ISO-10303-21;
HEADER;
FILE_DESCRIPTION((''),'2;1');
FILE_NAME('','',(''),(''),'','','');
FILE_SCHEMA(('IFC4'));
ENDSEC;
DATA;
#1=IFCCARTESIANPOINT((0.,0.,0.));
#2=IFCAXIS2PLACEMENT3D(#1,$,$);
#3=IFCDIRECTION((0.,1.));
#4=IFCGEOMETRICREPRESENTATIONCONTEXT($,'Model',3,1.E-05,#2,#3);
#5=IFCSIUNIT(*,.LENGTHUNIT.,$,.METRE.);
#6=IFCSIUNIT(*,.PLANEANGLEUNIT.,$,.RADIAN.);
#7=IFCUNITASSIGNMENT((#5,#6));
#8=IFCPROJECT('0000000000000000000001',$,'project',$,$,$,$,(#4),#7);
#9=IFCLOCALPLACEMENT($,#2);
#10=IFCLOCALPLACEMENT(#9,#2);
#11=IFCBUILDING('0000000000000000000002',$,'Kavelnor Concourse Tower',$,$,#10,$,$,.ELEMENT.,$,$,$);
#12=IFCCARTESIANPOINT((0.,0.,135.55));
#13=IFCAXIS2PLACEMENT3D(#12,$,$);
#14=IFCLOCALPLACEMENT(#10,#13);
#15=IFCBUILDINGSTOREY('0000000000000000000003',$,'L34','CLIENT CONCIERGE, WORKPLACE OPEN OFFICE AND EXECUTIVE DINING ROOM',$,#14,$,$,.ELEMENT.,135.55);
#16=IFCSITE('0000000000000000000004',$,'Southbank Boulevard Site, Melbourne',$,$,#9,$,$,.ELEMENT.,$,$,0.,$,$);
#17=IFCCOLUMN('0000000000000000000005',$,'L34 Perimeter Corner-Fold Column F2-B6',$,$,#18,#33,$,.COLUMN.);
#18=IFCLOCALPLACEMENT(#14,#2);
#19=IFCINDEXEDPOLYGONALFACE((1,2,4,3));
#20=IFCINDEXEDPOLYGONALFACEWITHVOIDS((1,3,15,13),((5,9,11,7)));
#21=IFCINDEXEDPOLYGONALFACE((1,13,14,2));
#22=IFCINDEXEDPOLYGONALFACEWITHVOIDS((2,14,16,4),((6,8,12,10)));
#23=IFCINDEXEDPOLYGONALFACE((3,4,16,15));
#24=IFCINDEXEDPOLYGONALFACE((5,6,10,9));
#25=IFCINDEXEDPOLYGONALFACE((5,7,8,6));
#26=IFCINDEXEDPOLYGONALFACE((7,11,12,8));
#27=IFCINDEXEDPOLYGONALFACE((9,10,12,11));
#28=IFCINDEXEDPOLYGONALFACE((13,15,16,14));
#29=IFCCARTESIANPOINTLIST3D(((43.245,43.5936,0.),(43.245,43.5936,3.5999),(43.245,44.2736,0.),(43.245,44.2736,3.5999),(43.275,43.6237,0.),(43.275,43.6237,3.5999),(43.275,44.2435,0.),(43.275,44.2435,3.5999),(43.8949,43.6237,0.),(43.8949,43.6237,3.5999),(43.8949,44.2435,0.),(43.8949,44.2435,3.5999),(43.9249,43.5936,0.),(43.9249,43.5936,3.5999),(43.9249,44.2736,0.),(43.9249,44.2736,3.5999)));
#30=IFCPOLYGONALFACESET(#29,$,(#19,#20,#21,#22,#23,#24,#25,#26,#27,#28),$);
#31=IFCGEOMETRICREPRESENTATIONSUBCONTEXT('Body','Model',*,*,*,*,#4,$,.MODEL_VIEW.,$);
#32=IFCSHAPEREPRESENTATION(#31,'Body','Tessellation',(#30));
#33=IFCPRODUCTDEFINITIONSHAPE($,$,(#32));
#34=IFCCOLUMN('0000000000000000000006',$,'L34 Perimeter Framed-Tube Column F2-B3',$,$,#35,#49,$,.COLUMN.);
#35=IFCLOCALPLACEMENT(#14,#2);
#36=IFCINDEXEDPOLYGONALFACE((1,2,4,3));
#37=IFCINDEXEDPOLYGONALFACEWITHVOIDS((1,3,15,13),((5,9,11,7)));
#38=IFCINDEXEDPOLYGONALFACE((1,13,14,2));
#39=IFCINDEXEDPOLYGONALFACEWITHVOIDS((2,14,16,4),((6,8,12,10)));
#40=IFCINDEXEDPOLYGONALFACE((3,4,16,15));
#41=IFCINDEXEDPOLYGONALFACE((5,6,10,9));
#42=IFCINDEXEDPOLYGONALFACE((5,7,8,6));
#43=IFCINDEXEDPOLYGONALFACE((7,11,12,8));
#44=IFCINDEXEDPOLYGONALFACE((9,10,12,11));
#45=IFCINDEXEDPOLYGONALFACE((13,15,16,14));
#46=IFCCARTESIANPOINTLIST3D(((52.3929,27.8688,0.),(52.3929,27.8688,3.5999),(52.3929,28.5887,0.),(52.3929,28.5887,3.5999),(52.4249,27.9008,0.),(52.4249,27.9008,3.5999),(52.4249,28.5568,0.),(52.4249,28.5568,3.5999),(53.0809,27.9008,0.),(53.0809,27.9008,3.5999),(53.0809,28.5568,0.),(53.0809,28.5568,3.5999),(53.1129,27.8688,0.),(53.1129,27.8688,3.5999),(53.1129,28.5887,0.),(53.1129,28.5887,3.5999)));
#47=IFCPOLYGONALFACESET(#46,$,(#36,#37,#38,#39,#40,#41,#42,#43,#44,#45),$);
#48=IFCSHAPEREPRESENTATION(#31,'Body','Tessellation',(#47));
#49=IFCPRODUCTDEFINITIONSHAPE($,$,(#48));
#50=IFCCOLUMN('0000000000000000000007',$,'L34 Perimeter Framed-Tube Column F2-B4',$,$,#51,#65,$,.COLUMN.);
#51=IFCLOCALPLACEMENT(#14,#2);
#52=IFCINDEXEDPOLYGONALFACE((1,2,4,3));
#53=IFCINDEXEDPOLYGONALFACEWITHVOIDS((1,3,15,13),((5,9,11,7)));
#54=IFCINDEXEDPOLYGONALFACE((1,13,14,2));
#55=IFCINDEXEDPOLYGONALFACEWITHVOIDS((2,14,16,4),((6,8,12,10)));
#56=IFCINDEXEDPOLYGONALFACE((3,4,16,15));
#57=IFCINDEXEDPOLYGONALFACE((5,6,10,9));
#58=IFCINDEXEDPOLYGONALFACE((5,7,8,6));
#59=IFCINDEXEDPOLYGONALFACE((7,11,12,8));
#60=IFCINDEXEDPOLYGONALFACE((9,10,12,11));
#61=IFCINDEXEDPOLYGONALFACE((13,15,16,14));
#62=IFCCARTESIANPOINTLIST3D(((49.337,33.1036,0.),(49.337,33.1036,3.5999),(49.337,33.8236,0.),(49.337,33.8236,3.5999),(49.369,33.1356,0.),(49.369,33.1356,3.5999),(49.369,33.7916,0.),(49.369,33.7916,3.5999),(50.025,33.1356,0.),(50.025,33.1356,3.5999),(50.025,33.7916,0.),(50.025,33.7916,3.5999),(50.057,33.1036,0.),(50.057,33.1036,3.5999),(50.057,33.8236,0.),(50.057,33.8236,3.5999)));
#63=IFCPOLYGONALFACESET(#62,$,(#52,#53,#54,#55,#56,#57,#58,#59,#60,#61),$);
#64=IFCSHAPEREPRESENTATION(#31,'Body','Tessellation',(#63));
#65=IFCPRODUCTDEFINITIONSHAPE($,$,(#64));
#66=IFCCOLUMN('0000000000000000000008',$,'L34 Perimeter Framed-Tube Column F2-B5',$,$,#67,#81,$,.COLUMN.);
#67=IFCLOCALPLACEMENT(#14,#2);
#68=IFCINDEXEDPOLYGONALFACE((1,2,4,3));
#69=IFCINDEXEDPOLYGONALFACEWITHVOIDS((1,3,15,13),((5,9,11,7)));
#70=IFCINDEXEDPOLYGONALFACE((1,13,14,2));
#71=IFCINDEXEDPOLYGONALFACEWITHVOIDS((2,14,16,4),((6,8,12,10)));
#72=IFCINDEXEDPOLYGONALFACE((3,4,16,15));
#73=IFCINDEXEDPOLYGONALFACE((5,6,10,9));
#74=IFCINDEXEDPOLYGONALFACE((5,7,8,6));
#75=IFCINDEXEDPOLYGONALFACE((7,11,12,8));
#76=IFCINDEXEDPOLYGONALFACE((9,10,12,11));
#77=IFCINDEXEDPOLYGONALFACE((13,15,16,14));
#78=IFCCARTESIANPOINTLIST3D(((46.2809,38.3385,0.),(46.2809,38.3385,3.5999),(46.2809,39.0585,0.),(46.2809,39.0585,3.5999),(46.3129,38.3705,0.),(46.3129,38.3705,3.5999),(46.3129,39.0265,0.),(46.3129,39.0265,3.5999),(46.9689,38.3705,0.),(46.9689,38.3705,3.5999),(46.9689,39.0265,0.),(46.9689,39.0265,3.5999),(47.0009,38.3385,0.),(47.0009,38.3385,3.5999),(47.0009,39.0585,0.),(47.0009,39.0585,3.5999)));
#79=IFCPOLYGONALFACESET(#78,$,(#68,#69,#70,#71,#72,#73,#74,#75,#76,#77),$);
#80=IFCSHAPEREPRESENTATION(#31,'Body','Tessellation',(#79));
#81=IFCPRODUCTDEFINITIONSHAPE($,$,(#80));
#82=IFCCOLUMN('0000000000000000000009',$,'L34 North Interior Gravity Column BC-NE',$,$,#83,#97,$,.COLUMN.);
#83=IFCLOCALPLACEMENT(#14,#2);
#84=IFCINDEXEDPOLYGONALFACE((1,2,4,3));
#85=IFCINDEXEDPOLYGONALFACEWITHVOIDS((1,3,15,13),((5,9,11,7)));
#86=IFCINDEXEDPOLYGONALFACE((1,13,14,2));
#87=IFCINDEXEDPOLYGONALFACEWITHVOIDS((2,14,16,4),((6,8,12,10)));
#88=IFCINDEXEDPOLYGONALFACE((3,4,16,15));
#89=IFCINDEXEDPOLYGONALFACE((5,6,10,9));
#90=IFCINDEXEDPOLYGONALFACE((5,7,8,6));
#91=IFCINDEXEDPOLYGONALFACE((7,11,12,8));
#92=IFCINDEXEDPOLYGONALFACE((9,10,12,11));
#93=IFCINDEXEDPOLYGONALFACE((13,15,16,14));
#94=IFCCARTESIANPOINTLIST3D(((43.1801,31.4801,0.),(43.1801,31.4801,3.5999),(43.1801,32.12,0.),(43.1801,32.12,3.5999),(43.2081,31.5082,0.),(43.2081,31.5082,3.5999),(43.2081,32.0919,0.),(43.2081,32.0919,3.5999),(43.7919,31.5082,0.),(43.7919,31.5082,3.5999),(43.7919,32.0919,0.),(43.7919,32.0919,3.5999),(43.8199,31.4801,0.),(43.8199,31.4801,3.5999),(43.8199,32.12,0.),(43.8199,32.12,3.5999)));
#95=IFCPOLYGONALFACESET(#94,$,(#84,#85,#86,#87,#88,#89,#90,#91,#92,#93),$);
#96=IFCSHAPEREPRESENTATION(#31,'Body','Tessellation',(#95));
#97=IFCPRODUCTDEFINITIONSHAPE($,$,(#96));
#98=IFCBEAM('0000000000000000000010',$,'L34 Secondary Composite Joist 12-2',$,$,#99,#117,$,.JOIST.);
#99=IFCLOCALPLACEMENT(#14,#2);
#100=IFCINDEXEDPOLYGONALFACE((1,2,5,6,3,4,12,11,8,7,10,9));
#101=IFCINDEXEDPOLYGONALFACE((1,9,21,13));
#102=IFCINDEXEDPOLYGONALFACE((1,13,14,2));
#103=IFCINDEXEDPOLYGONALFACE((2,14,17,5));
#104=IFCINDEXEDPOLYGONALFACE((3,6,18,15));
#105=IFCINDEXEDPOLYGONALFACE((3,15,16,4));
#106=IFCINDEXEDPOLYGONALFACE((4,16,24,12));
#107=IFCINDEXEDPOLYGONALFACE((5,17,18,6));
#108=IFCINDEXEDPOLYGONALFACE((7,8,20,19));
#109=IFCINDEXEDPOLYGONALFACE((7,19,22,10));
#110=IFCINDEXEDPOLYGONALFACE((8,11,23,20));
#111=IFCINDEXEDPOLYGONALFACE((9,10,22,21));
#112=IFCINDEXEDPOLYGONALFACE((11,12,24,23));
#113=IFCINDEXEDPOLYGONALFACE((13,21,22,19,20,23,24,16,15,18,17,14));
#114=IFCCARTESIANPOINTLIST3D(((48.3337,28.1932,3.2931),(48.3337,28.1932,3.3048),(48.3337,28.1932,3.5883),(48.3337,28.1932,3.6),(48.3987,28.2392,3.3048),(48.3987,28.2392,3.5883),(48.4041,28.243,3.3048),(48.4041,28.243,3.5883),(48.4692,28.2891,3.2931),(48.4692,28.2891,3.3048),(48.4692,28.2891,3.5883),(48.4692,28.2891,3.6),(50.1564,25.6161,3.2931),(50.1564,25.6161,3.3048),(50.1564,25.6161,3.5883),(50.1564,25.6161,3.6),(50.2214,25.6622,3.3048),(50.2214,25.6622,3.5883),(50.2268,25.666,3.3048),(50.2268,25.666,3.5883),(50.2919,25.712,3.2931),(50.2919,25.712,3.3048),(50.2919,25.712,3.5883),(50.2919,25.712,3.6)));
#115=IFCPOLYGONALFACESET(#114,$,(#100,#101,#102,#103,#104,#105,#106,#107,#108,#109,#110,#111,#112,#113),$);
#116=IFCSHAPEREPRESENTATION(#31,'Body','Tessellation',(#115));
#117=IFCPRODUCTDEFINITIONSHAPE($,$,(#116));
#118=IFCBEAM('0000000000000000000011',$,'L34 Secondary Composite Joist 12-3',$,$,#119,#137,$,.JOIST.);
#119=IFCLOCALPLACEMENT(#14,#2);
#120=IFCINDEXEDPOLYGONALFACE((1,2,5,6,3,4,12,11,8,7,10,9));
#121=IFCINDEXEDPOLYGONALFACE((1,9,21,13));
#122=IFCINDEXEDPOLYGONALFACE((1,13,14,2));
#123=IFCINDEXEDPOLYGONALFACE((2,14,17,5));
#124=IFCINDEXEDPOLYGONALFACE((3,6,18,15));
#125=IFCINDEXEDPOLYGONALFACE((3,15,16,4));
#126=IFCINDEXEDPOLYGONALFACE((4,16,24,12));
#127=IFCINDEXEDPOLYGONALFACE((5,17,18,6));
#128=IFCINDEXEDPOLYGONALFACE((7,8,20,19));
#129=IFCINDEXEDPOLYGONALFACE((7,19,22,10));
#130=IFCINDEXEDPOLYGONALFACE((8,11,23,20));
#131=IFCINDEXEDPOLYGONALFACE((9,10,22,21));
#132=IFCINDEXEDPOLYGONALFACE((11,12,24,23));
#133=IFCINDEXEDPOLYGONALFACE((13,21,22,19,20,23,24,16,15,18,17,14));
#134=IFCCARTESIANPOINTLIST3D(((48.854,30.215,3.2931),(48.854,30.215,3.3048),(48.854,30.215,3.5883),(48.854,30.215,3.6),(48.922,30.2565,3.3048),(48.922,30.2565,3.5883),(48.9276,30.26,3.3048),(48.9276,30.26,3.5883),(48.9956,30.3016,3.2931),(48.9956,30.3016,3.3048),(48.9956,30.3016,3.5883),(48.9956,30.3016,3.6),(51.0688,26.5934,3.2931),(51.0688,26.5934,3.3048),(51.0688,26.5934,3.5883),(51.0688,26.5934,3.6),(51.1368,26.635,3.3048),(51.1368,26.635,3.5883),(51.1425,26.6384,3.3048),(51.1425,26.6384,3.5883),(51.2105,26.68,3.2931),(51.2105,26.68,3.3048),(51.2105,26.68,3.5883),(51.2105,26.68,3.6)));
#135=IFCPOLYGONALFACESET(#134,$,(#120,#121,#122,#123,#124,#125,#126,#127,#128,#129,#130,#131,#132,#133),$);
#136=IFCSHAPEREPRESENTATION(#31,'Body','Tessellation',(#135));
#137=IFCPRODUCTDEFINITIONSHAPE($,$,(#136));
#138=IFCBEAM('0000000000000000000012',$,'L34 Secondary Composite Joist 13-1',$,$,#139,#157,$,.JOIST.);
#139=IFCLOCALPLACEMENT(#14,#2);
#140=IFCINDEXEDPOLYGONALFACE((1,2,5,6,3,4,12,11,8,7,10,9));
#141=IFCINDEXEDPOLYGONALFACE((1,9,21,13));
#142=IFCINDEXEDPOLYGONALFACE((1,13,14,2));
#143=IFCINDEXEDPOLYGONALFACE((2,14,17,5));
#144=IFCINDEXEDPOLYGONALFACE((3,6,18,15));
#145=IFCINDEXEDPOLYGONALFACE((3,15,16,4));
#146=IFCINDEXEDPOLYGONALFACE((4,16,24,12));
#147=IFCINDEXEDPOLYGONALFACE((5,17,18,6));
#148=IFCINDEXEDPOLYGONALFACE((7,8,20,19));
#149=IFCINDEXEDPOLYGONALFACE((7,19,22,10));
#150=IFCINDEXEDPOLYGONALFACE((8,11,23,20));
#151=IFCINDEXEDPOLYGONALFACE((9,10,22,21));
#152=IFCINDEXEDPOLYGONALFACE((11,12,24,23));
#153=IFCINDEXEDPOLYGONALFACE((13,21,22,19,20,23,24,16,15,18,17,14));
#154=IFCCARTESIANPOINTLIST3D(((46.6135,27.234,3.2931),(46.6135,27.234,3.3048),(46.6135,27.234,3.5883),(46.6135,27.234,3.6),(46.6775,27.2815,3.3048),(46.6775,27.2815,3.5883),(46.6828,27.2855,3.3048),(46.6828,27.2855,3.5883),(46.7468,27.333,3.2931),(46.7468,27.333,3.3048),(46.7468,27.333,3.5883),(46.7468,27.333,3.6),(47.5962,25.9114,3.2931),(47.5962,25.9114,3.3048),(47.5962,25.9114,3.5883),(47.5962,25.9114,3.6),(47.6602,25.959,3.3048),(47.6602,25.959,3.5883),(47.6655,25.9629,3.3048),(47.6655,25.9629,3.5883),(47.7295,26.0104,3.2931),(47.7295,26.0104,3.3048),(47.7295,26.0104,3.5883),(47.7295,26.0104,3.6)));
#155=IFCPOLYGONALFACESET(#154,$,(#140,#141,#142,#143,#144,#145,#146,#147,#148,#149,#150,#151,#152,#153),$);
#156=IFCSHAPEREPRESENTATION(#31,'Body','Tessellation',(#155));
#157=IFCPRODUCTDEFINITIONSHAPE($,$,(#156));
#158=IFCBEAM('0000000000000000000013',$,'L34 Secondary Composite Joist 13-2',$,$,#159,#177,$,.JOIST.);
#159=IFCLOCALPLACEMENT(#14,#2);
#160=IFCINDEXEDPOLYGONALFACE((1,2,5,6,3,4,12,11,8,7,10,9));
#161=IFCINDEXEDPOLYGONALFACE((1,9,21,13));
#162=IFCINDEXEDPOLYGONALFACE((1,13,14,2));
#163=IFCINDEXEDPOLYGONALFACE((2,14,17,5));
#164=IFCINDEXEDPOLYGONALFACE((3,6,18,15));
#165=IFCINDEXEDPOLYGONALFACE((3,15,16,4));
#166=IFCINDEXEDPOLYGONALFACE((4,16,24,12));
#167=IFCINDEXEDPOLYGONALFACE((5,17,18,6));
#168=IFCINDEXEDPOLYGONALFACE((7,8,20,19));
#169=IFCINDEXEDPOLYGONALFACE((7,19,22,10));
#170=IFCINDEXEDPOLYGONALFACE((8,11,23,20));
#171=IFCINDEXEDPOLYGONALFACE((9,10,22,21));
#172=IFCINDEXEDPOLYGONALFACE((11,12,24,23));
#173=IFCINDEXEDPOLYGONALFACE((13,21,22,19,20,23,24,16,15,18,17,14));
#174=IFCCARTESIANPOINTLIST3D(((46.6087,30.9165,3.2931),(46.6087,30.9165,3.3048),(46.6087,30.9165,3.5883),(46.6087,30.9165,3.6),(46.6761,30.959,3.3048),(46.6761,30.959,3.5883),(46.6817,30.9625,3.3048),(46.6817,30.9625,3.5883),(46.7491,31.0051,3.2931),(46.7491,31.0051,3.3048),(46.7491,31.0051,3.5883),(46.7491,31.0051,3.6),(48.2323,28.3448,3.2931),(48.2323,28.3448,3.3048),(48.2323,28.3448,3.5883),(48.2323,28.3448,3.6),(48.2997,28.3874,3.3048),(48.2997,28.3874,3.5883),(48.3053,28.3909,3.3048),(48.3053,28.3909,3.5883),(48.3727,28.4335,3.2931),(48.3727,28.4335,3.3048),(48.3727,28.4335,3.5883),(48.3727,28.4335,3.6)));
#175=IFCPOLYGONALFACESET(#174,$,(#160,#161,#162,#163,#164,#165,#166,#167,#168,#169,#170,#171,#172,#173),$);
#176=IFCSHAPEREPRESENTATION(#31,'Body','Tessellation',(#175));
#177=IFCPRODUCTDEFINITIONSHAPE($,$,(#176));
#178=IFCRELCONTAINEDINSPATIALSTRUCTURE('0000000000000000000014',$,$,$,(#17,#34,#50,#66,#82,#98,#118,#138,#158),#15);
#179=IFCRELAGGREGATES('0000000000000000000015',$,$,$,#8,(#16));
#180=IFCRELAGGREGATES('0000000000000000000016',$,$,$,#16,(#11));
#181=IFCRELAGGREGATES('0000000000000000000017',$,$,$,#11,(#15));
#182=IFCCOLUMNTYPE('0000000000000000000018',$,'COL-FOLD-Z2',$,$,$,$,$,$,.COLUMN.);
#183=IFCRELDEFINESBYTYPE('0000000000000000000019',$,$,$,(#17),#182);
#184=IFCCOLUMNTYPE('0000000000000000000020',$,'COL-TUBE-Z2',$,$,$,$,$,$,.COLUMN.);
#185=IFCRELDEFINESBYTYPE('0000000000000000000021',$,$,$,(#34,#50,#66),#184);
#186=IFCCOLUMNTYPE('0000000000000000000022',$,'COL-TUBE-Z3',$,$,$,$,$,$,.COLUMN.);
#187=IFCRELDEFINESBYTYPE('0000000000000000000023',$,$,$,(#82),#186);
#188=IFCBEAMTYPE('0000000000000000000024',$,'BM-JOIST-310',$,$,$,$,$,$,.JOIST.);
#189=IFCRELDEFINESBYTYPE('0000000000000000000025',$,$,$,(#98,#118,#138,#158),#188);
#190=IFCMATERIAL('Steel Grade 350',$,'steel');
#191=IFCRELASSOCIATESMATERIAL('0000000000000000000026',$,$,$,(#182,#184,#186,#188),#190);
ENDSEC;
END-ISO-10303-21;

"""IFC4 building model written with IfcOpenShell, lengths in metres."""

from ifc_helpers import new_model, si_unit, direction, frame, origin, origin_2d, place, context, subcontext, project, spatial, hollow_rectangle, i_section, extrude, material, material_profile, profile_set, type_object, element, save


model = new_model("IFC4")

# Units and contexts
model_context = context("Model", 3, precision=1e-05, world=origin(), true_north=direction((0.0, 1.0)))
body_context = subcontext(model_context, "Body", "Model", "MODEL_VIEW")
ifc_project = project(units=[si_unit("LENGTHUNIT", "METRE"), si_unit("PLANEANGLEUNIT", "RADIAN")], contexts=[model_context])

# Site, building, storey
site_placement = place(None, origin())
site = spatial("IfcSite", under=ifc_project, at=site_placement, Name="Southbank Boulevard Site, Melbourne", CompositionType="ELEMENT", RefElevation=0.0)
building_placement = place(site_placement, origin())
building = spatial("IfcBuilding", under=site, at=building_placement, Name="Kavelnor Concourse Tower", CompositionType="ELEMENT")
storey_placement = place(building_placement, frame((0.0, 0.0, 135.55)))
storey = spatial("IfcBuildingStorey", under=building, at=storey_placement, Name="L34", Description="CLIENT CONCIERGE, WORKPLACE OPEN OFFICE AND EXECUTIVE DINING ROOM", CompositionType="ELEMENT", Elevation=135.55)

# Columns
ifc_material_1 = material(Name="Steel Grade 350", Category="steel")
ifc_material_profile_1 = material_profile(ifc_material_1, hollow_rectangle(XDim=0.6799, YDim=0.6799, WallThickness=0.03, at=origin_2d()), Name="SHS 680x680x30")
ifc_profile_set_1 = profile_set([ifc_material_profile_1], Name="Steel Grade 350")
column_type_1 = type_object("IfcColumnType", Name="COL-FOLD-Z2", PredefinedType="COLUMN", material=ifc_profile_set_1)
column_1_placement = place(storey_placement, frame((43.585, 43.9336, 0.0), z_axis=(0.0, 0.0, 1.0), x_axis=(1.0, 0.0, 0.0)))
element("IfcColumn", 1, at=column_1_placement, inside=storey, type_object=column_type_1, Name="L34 Perimeter Corner-Fold Column F2-B6", PredefinedType="COLUMN", context=body_context, shape_type="SweptSolid", body=[
    extrude(hollow_rectangle(XDim=0.6799, YDim=0.6799, WallThickness=0.03, at=origin_2d()), origin(), (0.0, 0.0, 1.0), 3.5999),
])
ifc_material_profile_2 = material_profile(ifc_material_1, hollow_rectangle(XDim=0.72, YDim=0.72, WallThickness=0.032, at=origin_2d()), Name="SHS 720x720x32")
ifc_profile_set_2 = profile_set([ifc_material_profile_2], Name="Steel Grade 350")
column_type_2 = type_object("IfcColumnType", Name="COL-TUBE-Z2", PredefinedType="COLUMN", material=ifc_profile_set_2)
for number, where, z_axis, x_axis, name in (
    (2, (52.7529, 28.2288, 0.0), (0.0, 0.0, 1.0), (1.0, 0.0, 0.0), "L34 Perimeter Framed-Tube Column F2-B3"),
    (3, (49.697, 33.4636, 0.0), (0.0, 0.0, 1.0), (1.0, 0.0, 0.0), "L34 Perimeter Framed-Tube Column F2-B4"),
    (4, (46.6409, 38.6985, 0.0), (0.0, 0.0, 1.0), (1.0, 0.0, 0.0), "L34 Perimeter Framed-Tube Column F2-B5"),
):
    element("IfcColumn", number, at=place(storey_placement, frame(where, z_axis=z_axis, x_axis=x_axis)), inside=storey, type_object=column_type_2, Name=name, PredefinedType="COLUMN", context=body_context, shape_type="SweptSolid", body=[
        extrude(hollow_rectangle(XDim=0.72, YDim=0.72, WallThickness=0.032, at=origin_2d()), origin(), (0.0, 0.0, 1.0), 3.5999),
    ])
ifc_material_profile_3 = material_profile(ifc_material_1, hollow_rectangle(XDim=0.6399, YDim=0.6399, WallThickness=0.0281, at=origin_2d()), Name="SHS 640x640x28")
ifc_profile_set_3 = profile_set([ifc_material_profile_3], Name="Steel Grade 350")
column_type_3 = type_object("IfcColumnType", Name="COL-TUBE-Z3", PredefinedType="COLUMN", material=ifc_profile_set_3)
column_2_placement = place(storey_placement, frame((43.5, 31.8, 0.0), z_axis=(0.0, 0.0, 1.0), x_axis=(1.0, 0.0, 0.0)))
element("IfcColumn", 5, at=column_2_placement, inside=storey, type_object=column_type_3, Name="L34 North Interior Gravity Column BC-NE", PredefinedType="COLUMN", context=body_context, shape_type="SweptSolid", body=[
    extrude(hollow_rectangle(XDim=0.6399, YDim=0.6399, WallThickness=0.0281, at=origin_2d()), origin(), (0.0, 0.0, 1.0), 3.5999),
])

# Beams
ifc_material_profile_4 = material_profile(ifc_material_1, i_section(OverallWidth=0.166, OverallDepth=0.3069, WebThickness=0.0066, FlangeThickness=0.0117, at=origin_2d()), Name="310UB46")
ifc_profile_set_4 = profile_set([ifc_material_profile_4], Name="Steel Grade 350")
beam_type_1 = type_object("IfcBeamType", Name="BM-JOIST-310", PredefinedType="JOIST", material=ifc_profile_set_4)
beam_1_placement = place(storey_placement, frame((50.2241, 25.6641, 3.4465), z_axis=(-0.577442, 0.816432, 0.0), x_axis=(-0.816432, -0.577442, 0.0)))
element("IfcBeam", 6, at=beam_1_placement, inside=storey, type_object=beam_type_1, Name="L34 Secondary Composite Joist 12-2", PredefinedType="JOIST", context=body_context, shape_type="SweptSolid", body=[
    extrude(i_section(OverallWidth=0.166, OverallDepth=0.3069, WebThickness=0.0066, FlangeThickness=0.0117, at=origin_2d()), origin(), (0.0, 0.0, 1.0), 3.1565),
])
beam_2_placement = place(storey_placement, frame((51.1396, 26.6367, 3.4465), z_axis=(-0.521734, 0.853108, 0.0), x_axis=(-0.853108, -0.521734, 0.0)))
element("IfcBeam", 7, at=beam_2_placement, inside=storey, type_object=beam_type_1, Name="L34 Secondary Composite Joist 12-3", PredefinedType="JOIST", context=body_context, shape_type="SweptSolid", body=[
    extrude(i_section(OverallWidth=0.166, OverallDepth=0.3069, WebThickness=0.0066, FlangeThickness=0.0117, at=origin_2d()), origin(), (0.0, 0.0, 1.0), 4.2451),
])
beam_3_placement = place(storey_placement, frame((47.6628, 25.9609, 3.4465), z_axis=(-0.596414, 0.802677, 0.0), x_axis=(-0.802677, -0.596414, 0.0)))
element("IfcBeam", 8, at=beam_3_placement, inside=storey, type_object=beam_type_1, Name="L34 Secondary Composite Joist 13-1", PredefinedType="JOIST", context=body_context, shape_type="SweptSolid", body=[
    extrude(i_section(OverallWidth=0.166, OverallDepth=0.3069, WebThickness=0.0066, FlangeThickness=0.0117, at=origin_2d()), origin(), (0.0, 0.0, 1.0), 1.6477),
])
beam_4_placement = place(storey_placement, frame((48.3025, 28.3892, 3.4465), z_axis=(-0.533854, 0.845577, 0.0), x_axis=(-0.845577, -0.533854, 0.0)))
element("IfcBeam", 9, at=beam_4_placement, inside=storey, type_object=beam_type_1, Name="L34 Secondary Composite Joist 13-2", PredefinedType="JOIST", context=body_context, shape_type="SweptSolid", body=[
    extrude(i_section(OverallWidth=0.166, OverallDepth=0.3069, WebThickness=0.0066, FlangeThickness=0.0117, at=origin_2d()), origin(), (0.0, 0.0, 1.0), 3.0413),
])

save(model, "model.ifc")
